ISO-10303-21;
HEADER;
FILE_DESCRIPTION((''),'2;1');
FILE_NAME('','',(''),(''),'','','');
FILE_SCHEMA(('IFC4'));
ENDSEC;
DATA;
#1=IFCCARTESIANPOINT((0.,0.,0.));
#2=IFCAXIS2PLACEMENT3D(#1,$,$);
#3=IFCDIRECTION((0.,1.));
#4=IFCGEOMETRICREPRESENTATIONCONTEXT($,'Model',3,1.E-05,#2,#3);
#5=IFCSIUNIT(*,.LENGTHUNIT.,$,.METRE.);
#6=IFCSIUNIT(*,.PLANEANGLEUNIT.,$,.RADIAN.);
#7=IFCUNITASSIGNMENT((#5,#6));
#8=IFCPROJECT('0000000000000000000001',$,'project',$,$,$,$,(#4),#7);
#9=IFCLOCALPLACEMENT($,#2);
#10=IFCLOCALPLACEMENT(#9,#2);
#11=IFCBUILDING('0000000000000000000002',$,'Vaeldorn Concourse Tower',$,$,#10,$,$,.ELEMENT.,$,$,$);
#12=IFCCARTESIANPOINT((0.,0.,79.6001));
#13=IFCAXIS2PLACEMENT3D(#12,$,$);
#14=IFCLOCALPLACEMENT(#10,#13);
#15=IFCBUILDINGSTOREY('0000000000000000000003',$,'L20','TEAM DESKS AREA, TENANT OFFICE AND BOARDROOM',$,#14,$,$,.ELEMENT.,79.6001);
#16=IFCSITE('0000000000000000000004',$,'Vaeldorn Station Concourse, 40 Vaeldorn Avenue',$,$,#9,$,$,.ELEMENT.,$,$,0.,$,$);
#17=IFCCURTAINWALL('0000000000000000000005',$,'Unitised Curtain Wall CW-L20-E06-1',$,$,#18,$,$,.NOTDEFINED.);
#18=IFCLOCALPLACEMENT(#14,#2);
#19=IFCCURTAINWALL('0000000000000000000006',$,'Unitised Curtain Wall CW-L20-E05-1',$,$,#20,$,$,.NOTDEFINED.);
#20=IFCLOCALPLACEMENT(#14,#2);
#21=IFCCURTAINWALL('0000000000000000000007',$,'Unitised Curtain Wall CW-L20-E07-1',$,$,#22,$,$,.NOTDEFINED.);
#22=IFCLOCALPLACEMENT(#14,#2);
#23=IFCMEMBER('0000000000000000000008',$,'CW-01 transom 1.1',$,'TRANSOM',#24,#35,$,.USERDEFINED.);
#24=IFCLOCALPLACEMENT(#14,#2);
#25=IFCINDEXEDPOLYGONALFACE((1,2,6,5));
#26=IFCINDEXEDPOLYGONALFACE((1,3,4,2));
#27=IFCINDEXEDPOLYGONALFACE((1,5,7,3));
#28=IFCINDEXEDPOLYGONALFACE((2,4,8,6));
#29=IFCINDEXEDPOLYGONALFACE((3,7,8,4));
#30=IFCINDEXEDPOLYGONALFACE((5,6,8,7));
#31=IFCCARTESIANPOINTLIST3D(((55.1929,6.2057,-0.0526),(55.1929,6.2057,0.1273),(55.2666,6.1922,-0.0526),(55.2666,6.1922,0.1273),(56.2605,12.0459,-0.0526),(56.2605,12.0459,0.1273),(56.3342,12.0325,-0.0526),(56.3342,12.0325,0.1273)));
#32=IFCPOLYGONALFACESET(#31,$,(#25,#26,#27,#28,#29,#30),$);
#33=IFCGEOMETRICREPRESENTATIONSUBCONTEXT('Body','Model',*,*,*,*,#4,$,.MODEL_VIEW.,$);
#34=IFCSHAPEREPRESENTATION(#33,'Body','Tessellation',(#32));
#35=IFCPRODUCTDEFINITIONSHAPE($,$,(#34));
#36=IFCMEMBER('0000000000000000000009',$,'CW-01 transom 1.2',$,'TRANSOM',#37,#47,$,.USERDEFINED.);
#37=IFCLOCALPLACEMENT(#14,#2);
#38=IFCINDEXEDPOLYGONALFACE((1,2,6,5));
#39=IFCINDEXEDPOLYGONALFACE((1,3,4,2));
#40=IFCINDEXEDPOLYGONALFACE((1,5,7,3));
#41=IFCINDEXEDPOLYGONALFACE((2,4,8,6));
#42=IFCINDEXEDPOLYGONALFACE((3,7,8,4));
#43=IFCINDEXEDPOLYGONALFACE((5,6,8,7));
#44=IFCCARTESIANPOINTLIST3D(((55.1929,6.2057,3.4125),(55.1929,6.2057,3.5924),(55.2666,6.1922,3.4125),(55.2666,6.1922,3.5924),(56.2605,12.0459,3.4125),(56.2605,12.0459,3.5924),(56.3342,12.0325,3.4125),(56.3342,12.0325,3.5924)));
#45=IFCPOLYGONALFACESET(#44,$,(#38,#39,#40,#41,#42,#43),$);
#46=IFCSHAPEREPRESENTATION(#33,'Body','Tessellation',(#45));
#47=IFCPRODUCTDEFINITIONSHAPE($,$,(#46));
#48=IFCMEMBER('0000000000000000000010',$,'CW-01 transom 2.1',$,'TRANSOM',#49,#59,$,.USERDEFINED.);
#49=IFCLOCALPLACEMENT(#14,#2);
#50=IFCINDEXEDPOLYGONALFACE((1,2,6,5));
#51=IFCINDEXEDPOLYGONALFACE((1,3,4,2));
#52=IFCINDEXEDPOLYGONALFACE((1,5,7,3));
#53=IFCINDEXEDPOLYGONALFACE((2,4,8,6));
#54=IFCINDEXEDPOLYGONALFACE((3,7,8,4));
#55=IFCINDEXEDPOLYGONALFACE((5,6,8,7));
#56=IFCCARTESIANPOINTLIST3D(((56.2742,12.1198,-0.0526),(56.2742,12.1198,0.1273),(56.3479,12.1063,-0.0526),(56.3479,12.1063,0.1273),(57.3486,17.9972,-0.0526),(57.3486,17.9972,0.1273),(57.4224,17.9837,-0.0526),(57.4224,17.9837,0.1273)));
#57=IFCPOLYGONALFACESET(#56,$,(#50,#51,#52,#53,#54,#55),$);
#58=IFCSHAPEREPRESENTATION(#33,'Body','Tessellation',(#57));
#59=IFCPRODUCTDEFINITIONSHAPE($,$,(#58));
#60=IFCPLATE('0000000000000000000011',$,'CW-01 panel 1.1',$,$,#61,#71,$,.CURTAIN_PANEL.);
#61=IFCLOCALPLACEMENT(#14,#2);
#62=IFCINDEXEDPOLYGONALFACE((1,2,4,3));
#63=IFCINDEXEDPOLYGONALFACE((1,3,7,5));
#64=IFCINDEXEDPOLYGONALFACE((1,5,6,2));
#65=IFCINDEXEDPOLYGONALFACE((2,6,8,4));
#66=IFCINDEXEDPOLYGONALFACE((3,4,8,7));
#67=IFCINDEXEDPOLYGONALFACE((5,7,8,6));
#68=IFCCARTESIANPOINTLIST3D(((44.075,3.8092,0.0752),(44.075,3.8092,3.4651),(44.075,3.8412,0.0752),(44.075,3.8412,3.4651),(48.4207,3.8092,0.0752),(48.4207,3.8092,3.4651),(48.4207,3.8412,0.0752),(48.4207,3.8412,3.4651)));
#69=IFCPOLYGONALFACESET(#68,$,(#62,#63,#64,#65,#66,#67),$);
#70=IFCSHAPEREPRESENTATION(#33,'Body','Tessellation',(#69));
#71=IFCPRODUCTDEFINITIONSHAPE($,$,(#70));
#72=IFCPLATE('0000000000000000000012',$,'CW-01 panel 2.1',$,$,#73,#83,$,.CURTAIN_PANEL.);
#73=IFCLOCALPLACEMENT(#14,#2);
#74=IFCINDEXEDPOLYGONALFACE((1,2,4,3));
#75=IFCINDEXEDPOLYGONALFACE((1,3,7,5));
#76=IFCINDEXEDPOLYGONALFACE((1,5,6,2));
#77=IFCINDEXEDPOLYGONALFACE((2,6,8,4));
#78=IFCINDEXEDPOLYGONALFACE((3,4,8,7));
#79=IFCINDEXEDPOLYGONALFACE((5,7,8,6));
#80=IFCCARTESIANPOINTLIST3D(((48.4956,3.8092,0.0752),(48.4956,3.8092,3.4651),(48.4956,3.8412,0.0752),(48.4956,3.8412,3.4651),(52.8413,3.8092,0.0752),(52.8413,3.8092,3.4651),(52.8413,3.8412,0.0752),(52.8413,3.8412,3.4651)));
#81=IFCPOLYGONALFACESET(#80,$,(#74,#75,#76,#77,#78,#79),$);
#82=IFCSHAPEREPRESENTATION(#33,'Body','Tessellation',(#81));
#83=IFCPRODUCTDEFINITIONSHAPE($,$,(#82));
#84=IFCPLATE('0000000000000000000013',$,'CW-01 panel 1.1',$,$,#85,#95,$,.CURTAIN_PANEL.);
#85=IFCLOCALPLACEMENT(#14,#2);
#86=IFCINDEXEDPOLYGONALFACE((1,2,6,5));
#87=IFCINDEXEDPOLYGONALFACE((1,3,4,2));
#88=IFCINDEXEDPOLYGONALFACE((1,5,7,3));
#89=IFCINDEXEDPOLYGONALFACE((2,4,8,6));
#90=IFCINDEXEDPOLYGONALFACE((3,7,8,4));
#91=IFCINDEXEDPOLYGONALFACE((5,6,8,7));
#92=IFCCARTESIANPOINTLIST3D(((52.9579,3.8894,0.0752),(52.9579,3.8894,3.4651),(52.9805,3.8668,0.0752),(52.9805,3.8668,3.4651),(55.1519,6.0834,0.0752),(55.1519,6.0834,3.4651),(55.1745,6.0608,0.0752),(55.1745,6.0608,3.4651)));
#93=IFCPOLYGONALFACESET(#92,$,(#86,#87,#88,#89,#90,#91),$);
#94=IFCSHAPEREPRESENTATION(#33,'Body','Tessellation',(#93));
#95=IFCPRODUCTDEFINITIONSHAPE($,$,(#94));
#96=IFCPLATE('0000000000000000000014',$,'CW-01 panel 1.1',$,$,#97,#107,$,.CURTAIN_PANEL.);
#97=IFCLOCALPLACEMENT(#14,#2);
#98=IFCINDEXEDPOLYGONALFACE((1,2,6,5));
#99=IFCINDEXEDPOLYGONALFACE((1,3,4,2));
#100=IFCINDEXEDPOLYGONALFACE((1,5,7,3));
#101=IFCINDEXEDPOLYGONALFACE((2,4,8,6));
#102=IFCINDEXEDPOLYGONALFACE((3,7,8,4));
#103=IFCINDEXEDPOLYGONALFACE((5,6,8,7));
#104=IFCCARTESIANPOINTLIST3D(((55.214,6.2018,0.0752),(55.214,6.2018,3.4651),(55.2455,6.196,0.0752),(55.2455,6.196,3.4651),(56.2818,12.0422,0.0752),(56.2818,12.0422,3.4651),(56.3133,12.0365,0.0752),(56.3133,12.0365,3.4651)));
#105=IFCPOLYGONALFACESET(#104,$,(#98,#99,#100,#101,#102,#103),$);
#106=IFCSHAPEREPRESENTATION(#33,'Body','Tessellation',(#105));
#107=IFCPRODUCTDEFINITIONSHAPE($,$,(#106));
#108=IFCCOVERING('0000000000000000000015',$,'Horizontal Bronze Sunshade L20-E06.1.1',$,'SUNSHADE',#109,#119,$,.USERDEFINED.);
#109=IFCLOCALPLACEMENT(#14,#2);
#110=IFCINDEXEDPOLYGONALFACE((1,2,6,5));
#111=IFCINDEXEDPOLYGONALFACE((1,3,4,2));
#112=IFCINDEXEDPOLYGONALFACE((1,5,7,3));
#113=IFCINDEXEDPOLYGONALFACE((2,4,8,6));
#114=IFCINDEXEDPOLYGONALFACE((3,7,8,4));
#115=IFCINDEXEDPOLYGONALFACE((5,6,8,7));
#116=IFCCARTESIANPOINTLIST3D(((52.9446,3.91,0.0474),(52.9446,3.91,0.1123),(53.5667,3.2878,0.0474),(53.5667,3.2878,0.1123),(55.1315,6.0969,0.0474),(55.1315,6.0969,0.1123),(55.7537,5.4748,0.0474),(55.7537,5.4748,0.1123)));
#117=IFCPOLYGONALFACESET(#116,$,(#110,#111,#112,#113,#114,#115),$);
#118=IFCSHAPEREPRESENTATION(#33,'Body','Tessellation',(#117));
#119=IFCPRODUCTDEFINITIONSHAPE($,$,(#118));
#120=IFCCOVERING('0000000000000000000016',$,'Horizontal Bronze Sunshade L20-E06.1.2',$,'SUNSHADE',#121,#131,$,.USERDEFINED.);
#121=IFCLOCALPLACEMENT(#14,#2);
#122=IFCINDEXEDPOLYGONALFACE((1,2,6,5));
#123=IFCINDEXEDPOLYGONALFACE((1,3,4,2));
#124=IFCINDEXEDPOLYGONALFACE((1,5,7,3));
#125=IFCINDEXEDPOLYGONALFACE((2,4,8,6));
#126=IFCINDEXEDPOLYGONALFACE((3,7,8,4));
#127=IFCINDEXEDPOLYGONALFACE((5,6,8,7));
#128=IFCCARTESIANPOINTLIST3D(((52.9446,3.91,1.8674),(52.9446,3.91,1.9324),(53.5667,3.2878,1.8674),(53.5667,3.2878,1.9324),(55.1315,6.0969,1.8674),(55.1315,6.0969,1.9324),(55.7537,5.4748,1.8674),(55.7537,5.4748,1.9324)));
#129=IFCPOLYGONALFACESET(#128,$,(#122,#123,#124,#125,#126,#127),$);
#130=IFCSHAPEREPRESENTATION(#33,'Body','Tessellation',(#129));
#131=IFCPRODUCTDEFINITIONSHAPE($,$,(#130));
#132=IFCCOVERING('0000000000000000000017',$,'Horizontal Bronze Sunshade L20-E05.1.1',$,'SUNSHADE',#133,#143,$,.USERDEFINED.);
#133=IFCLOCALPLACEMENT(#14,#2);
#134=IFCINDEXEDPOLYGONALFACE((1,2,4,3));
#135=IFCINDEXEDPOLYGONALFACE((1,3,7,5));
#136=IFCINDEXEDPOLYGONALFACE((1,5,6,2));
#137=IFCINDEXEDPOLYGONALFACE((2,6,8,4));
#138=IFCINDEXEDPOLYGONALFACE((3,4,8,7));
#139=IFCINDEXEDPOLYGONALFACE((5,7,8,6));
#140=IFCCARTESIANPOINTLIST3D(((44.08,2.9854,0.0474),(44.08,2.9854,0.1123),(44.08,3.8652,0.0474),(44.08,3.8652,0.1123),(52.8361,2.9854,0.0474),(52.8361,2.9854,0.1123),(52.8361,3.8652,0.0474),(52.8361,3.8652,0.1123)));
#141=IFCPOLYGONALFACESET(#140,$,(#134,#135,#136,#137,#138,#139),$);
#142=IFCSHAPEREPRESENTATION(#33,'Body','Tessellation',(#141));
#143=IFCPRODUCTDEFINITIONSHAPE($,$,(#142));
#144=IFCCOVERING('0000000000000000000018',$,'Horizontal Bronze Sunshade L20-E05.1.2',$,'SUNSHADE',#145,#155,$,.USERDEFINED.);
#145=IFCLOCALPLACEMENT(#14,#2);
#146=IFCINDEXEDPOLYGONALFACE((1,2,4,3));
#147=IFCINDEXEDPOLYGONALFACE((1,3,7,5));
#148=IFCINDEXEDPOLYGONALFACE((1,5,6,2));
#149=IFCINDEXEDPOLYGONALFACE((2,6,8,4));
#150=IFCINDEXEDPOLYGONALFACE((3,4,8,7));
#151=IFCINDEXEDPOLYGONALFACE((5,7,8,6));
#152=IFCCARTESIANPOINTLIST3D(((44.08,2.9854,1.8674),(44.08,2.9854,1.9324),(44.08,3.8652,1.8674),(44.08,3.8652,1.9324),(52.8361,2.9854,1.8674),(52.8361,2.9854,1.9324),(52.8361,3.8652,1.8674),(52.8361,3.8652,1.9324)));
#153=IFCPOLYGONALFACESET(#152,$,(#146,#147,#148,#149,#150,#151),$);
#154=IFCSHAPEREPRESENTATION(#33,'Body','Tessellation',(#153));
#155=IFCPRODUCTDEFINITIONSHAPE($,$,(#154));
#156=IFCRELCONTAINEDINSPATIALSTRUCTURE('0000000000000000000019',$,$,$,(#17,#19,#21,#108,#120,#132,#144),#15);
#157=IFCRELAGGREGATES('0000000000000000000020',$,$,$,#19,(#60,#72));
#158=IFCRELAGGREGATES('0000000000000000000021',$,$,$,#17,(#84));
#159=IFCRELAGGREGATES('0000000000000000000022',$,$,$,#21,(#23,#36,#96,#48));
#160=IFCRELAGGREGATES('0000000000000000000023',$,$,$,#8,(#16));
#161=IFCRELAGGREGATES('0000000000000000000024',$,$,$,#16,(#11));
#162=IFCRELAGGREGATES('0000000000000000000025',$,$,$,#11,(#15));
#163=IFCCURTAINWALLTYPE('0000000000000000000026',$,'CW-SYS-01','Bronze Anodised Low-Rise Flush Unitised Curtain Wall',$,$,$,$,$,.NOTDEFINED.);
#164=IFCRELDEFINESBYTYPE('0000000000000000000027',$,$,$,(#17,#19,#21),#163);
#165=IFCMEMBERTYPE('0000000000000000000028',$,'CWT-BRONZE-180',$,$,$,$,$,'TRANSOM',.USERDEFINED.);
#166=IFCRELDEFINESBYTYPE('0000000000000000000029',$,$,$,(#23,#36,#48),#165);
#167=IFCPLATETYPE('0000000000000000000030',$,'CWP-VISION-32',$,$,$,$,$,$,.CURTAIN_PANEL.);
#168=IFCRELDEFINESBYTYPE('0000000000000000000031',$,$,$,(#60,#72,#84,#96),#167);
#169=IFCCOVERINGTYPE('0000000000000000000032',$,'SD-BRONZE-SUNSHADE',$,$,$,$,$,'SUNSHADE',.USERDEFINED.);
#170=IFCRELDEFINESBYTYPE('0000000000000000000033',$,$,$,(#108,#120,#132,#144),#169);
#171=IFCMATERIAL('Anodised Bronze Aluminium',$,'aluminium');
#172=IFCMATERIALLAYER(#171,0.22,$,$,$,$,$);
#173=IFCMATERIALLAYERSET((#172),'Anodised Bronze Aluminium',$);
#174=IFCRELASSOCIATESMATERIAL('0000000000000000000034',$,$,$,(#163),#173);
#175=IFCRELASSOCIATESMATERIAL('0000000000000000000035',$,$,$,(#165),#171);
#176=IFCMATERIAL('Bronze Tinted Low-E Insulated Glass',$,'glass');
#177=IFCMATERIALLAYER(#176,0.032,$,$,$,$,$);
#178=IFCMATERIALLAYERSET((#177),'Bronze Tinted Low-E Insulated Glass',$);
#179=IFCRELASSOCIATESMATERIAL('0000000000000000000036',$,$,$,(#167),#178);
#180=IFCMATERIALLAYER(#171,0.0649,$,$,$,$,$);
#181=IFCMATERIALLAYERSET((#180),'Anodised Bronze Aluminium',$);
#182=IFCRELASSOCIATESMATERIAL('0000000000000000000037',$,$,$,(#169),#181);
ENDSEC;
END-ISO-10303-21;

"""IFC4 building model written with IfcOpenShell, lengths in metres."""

from ifc_helpers import new_model, si_unit, direction, frame, origin, origin_2d, place, context, subcontext, project, spatial, rectangle, extrude, source, transform, mapped, material, layer, layer_set, material_profile, profile_set, type_object, element, aggregate, save


model = new_model("IFC4")

# Units and contexts
model_context = context("Model", 3, precision=1e-05, world=origin(), true_north=direction((0.0, 1.0)))
body_context = subcontext(model_context, "Body", "Model", "MODEL_VIEW")
ifc_project = project(units=[si_unit("LENGTHUNIT", "METRE"), si_unit("PLANEANGLEUNIT", "RADIAN")], contexts=[model_context])

# Site, building, storey
site_placement = place(None, origin())
site = spatial("IfcSite", under=ifc_project, at=site_placement, Name="Vaeldorn Station Concourse, 40 Vaeldorn Avenue", CompositionType="ELEMENT", RefElevation=0.0)
building_placement = place(site_placement, origin())
building = spatial("IfcBuilding", under=site, at=building_placement, Name="Vaeldorn Concourse Tower", CompositionType="ELEMENT")
storey_placement = place(building_placement, frame((0.0, 0.0, 79.6001)))
storey = spatial("IfcBuildingStorey", under=building, at=storey_placement, Name="L20", Description="TEAM DESKS AREA, TENANT OFFICE AND BOARDROOM", CompositionType="ELEMENT", Elevation=79.6001)

# Curtain walls
ifc_material_1 = material(Name="Anodised Bronze Aluminium", Category="aluminium")
ifc_layer_1 = layer(ifc_material_1, 0.22)
ifc_layer_set_1 = layer_set([ifc_layer_1], Name="Anodised Bronze Aluminium")
curtain_wall_type = type_object("IfcCurtainWallType", Name="CW-SYS-01", Description="Bronze Anodised Low-Rise Flush Unitised Curtain Wall", PredefinedType="NOTDEFINED", material=ifc_layer_set_1)
curtain_wall_1_placement = place(storey_placement, origin())
curtain_wall_1 = element("IfcCurtainWall", 1, at=curtain_wall_1_placement, inside=storey, type_object=curtain_wall_type, Name="Unitised Curtain Wall CW-L20-E06-1", PredefinedType="NOTDEFINED")
ifc_material_profile_1 = material_profile(ifc_material_1, rectangle(XDim=0.075, YDim=0.1799, at=origin_2d()), Name="CWT 75x180")
ifc_profile_set_1 = profile_set([ifc_material_profile_1], Name="Anodised Bronze Aluminium")
member_type_1 = type_object("IfcMemberType", Name="CWT-BRONZE-180", ElementType="TRANSOM", PredefinedType="USERDEFINED", material=ifc_profile_set_1)
curtain_wall_2_placement = place(storey_placement, origin())
curtain_wall_2 = element("IfcCurtainWall", 2, at=curtain_wall_2_placement, inside=storey, type_object=curtain_wall_type, Name="Unitised Curtain Wall CW-L20-E05-1", PredefinedType="NOTDEFINED")

# Curtain wall
curtain_wall_3_placement = place(storey_placement, origin())
curtain_wall_3 = element("IfcCurtainWall", 3, at=curtain_wall_3_placement, inside=storey, type_object=curtain_wall_type, Name="Unitised Curtain Wall CW-L20-E07-1", PredefinedType="NOTDEFINED")

# Members
shared_shape_1 = source(origin(), body_context, "Body", "SweptSolid", [
    extrude(rectangle(XDim=0.075, YDim=0.1799, at=origin_2d()), origin(), (0.0, 0.0, 1.0), 5.937),
])
member_1_placement = place(storey_placement, frame((55.2297, 6.199, 0.0374), z_axis=(0.179823, 0.983699, 0.0), x_axis=(-0.983699, 0.179823, 0.0)))
member_1 = element("IfcMember", 4, at=member_1_placement, type_object=member_type_1, Name="CW-01 transom 1.1", ObjectType="TRANSOM", PredefinedType="USERDEFINED", context=body_context, shape_type="MappedRepresentation", body=[
    mapped(shared_shape_1, transform((0.0, 0.0, 0.0), scale=1.0)),
])
member_2_placement = place(storey_placement, frame((55.2297, 6.199, 3.5024), z_axis=(0.179823, 0.983699, 0.0), x_axis=(-0.983699, 0.179823, 0.0)))
member_2 = element("IfcMember", 5, at=member_2_placement, type_object=member_type_1, Name="CW-01 transom 1.2", ObjectType="TRANSOM", PredefinedType="USERDEFINED", context=body_context, shape_type="MappedRepresentation", body=[
    mapped(shared_shape_1, transform((0.0, 0.0, 0.0), scale=1.0)),
])
shared_shape_2 = source(origin(), body_context, "Body", "SweptSolid", [
    extrude(rectangle(XDim=0.075, YDim=0.1799, at=origin_2d()), origin(), (0.0, 0.0, 1.0), 5.9749),
])
member_3_placement = place(storey_placement, frame((56.311, 12.113, 0.0374), z_axis=(0.179831, 0.983698, 0.0), x_axis=(-0.983698, 0.179831, 0.0)))
member_3 = element("IfcMember", 6, at=member_3_placement, type_object=member_type_1, Name="CW-01 transom 2.1", ObjectType="TRANSOM", PredefinedType="USERDEFINED", context=body_context, shape_type="MappedRepresentation", body=[
    mapped(shared_shape_2, transform((0.0, 0.0, 0.0), scale=1.0)),
])

# Plates
ifc_material_2 = material(Name="Bronze Tinted Low-E Insulated Glass", Category="glass")
ifc_layer_2 = layer(ifc_material_2, 0.032)
ifc_layer_set_2 = layer_set([ifc_layer_2], Name="Bronze Tinted Low-E Insulated Glass")
plate_type = type_object("IfcPlateType", Name="CWP-VISION-32", PredefinedType="CURTAIN_PANEL", material=ifc_layer_set_2)
shared_shape_3 = source(origin(), body_context, "Body", "SweptSolid", [
    extrude(rectangle(XDim=4.3457, YDim=0.032, at=origin_2d()), origin(), (0.0, 0.0, 1.0), 3.3899),
])
plate_1_placement = place(storey_placement, frame((46.2478, 3.8252, 0.0752), z_axis=(0.0, 0.0, 1.0), x_axis=(1.0, 0.0, 0.0)))
plate_1 = element("IfcPlate", 7, at=plate_1_placement, type_object=plate_type, Name="CW-01 panel 1.1", PredefinedType="CURTAIN_PANEL", context=body_context, shape_type="MappedRepresentation", body=[
    mapped(shared_shape_3, transform((0.0, 0.0, 0.0), scale=1.0)),
])
plate_2_placement = place(storey_placement, frame((50.6685, 3.8252, 0.0752), z_axis=(0.0, 0.0, 1.0), x_axis=(1.0, 0.0, 0.0)))
plate_2 = element("IfcPlate", 8, at=plate_2_placement, type_object=plate_type, Name="CW-01 panel 2.1", PredefinedType="CURTAIN_PANEL", context=body_context, shape_type="MappedRepresentation", body=[
    mapped(shared_shape_3, transform((0.0, 0.0, 0.0), scale=1.0)),
])
aggregate(curtain_wall_2, [plate_1, plate_2])
shared_shape_4 = source(origin(), body_context, "Body", "SweptSolid", [
    extrude(rectangle(XDim=3.1028, YDim=0.032, at=origin_2d()), origin(), (0.0, 0.0, 1.0), 3.3899),
])
plate_3_placement = place(storey_placement, frame((54.0662, 4.9751, 0.0752), z_axis=(0.0, 0.0, 1.0), x_axis=(0.707107, 0.707107, 0.0)))
plate_3 = element("IfcPlate", 9, at=plate_3_placement, type_object=plate_type, Name="CW-01 panel 1.1", PredefinedType="CURTAIN_PANEL", context=body_context, shape_type="MappedRepresentation", body=[
    mapped(shared_shape_4, transform((0.0, 0.0, 0.0), scale=1.0)),
])
aggregate(curtain_wall_1, [plate_3])
shared_shape_5 = source(origin(), body_context, "Body", "SweptSolid", [
    extrude(rectangle(XDim=5.9373, YDim=0.032, at=origin_2d()), origin(), (0.0, 0.0, 1.0), 3.3899),
])
plate_4_placement = place(storey_placement, frame((55.7637, 9.1191, 0.0752), z_axis=(0.0, 0.0, 1.0), x_axis=(0.179847, 0.983695, 0.0)))
plate_4 = element("IfcPlate", 10, at=plate_4_placement, type_object=plate_type, Name="CW-01 panel 1.1", PredefinedType="CURTAIN_PANEL", context=body_context, shape_type="MappedRepresentation", body=[
    mapped(shared_shape_5, transform((0.0, 0.0, 0.0), scale=1.0)),
])
aggregate(curtain_wall_3, [member_1, member_2, plate_4, member_3])

# Coverings
ifc_layer_3 = layer(ifc_material_1, 0.0649)
ifc_layer_set_3 = layer_set([ifc_layer_3], Name="Anodised Bronze Aluminium")
covering_type = type_object("IfcCoveringType", Name="SD-BRONZE-SUNSHADE", ElementType="SUNSHADE", PredefinedType="USERDEFINED", material=ifc_layer_set_3)
shared_shape_6 = source(origin(), body_context, "Body", "SweptSolid", [
    extrude(rectangle(XDim=3.0928, YDim=0.8799, at=origin_2d()), origin(), (0.0, 0.0, 1.0), 0.0649),
])
for number, where, z_axis, x_axis, name in (
    (11, (54.3491, 4.6924, 0.0474), (0.0, 0.0, 1.0), (0.707107, 0.707107, 0.0), "Horizontal Bronze Sunshade L20-E06.1.1"),
    (12, (54.3491, 4.6924, 1.8674), (0.0, 0.0, 1.0), (0.707107, 0.707107, 0.0), "Horizontal Bronze Sunshade L20-E06.1.2"),
):
    element("IfcCovering", number, at=place(storey_placement, frame(where, z_axis=z_axis, x_axis=x_axis)), inside=storey, type_object=covering_type, Name=name, ObjectType="SUNSHADE", PredefinedType="USERDEFINED", context=body_context, shape_type="MappedRepresentation", body=[
        mapped(shared_shape_6, transform((0.0, 0.0, 0.0), scale=1.0)),
    ])
shared_shape_7 = source(origin(), body_context, "Body", "SweptSolid", [
    extrude(rectangle(XDim=8.7561, YDim=0.8799, at=origin_2d()), origin(), (0.0, 0.0, 1.0), 0.0649),
])
for number, where, z_axis, x_axis, name in (
    (13, (48.458, 3.4253, 0.0474), (0.0, 0.0, 1.0), (1.0, 0.0, 0.0), "Horizontal Bronze Sunshade L20-E05.1.1"),
    (14, (48.458, 3.4253, 1.8674), (0.0, 0.0, 1.0), (1.0, 0.0, 0.0), "Horizontal Bronze Sunshade L20-E05.1.2"),
):
    element("IfcCovering", number, at=place(storey_placement, frame(where, z_axis=z_axis, x_axis=x_axis)), inside=storey, type_object=covering_type, Name=name, ObjectType="SUNSHADE", PredefinedType="USERDEFINED", context=body_context, shape_type="MappedRepresentation", body=[
        mapped(shared_shape_7, transform((0.0, 0.0, 0.0), scale=1.0)),
    ])

save(model, "model.ifc")
